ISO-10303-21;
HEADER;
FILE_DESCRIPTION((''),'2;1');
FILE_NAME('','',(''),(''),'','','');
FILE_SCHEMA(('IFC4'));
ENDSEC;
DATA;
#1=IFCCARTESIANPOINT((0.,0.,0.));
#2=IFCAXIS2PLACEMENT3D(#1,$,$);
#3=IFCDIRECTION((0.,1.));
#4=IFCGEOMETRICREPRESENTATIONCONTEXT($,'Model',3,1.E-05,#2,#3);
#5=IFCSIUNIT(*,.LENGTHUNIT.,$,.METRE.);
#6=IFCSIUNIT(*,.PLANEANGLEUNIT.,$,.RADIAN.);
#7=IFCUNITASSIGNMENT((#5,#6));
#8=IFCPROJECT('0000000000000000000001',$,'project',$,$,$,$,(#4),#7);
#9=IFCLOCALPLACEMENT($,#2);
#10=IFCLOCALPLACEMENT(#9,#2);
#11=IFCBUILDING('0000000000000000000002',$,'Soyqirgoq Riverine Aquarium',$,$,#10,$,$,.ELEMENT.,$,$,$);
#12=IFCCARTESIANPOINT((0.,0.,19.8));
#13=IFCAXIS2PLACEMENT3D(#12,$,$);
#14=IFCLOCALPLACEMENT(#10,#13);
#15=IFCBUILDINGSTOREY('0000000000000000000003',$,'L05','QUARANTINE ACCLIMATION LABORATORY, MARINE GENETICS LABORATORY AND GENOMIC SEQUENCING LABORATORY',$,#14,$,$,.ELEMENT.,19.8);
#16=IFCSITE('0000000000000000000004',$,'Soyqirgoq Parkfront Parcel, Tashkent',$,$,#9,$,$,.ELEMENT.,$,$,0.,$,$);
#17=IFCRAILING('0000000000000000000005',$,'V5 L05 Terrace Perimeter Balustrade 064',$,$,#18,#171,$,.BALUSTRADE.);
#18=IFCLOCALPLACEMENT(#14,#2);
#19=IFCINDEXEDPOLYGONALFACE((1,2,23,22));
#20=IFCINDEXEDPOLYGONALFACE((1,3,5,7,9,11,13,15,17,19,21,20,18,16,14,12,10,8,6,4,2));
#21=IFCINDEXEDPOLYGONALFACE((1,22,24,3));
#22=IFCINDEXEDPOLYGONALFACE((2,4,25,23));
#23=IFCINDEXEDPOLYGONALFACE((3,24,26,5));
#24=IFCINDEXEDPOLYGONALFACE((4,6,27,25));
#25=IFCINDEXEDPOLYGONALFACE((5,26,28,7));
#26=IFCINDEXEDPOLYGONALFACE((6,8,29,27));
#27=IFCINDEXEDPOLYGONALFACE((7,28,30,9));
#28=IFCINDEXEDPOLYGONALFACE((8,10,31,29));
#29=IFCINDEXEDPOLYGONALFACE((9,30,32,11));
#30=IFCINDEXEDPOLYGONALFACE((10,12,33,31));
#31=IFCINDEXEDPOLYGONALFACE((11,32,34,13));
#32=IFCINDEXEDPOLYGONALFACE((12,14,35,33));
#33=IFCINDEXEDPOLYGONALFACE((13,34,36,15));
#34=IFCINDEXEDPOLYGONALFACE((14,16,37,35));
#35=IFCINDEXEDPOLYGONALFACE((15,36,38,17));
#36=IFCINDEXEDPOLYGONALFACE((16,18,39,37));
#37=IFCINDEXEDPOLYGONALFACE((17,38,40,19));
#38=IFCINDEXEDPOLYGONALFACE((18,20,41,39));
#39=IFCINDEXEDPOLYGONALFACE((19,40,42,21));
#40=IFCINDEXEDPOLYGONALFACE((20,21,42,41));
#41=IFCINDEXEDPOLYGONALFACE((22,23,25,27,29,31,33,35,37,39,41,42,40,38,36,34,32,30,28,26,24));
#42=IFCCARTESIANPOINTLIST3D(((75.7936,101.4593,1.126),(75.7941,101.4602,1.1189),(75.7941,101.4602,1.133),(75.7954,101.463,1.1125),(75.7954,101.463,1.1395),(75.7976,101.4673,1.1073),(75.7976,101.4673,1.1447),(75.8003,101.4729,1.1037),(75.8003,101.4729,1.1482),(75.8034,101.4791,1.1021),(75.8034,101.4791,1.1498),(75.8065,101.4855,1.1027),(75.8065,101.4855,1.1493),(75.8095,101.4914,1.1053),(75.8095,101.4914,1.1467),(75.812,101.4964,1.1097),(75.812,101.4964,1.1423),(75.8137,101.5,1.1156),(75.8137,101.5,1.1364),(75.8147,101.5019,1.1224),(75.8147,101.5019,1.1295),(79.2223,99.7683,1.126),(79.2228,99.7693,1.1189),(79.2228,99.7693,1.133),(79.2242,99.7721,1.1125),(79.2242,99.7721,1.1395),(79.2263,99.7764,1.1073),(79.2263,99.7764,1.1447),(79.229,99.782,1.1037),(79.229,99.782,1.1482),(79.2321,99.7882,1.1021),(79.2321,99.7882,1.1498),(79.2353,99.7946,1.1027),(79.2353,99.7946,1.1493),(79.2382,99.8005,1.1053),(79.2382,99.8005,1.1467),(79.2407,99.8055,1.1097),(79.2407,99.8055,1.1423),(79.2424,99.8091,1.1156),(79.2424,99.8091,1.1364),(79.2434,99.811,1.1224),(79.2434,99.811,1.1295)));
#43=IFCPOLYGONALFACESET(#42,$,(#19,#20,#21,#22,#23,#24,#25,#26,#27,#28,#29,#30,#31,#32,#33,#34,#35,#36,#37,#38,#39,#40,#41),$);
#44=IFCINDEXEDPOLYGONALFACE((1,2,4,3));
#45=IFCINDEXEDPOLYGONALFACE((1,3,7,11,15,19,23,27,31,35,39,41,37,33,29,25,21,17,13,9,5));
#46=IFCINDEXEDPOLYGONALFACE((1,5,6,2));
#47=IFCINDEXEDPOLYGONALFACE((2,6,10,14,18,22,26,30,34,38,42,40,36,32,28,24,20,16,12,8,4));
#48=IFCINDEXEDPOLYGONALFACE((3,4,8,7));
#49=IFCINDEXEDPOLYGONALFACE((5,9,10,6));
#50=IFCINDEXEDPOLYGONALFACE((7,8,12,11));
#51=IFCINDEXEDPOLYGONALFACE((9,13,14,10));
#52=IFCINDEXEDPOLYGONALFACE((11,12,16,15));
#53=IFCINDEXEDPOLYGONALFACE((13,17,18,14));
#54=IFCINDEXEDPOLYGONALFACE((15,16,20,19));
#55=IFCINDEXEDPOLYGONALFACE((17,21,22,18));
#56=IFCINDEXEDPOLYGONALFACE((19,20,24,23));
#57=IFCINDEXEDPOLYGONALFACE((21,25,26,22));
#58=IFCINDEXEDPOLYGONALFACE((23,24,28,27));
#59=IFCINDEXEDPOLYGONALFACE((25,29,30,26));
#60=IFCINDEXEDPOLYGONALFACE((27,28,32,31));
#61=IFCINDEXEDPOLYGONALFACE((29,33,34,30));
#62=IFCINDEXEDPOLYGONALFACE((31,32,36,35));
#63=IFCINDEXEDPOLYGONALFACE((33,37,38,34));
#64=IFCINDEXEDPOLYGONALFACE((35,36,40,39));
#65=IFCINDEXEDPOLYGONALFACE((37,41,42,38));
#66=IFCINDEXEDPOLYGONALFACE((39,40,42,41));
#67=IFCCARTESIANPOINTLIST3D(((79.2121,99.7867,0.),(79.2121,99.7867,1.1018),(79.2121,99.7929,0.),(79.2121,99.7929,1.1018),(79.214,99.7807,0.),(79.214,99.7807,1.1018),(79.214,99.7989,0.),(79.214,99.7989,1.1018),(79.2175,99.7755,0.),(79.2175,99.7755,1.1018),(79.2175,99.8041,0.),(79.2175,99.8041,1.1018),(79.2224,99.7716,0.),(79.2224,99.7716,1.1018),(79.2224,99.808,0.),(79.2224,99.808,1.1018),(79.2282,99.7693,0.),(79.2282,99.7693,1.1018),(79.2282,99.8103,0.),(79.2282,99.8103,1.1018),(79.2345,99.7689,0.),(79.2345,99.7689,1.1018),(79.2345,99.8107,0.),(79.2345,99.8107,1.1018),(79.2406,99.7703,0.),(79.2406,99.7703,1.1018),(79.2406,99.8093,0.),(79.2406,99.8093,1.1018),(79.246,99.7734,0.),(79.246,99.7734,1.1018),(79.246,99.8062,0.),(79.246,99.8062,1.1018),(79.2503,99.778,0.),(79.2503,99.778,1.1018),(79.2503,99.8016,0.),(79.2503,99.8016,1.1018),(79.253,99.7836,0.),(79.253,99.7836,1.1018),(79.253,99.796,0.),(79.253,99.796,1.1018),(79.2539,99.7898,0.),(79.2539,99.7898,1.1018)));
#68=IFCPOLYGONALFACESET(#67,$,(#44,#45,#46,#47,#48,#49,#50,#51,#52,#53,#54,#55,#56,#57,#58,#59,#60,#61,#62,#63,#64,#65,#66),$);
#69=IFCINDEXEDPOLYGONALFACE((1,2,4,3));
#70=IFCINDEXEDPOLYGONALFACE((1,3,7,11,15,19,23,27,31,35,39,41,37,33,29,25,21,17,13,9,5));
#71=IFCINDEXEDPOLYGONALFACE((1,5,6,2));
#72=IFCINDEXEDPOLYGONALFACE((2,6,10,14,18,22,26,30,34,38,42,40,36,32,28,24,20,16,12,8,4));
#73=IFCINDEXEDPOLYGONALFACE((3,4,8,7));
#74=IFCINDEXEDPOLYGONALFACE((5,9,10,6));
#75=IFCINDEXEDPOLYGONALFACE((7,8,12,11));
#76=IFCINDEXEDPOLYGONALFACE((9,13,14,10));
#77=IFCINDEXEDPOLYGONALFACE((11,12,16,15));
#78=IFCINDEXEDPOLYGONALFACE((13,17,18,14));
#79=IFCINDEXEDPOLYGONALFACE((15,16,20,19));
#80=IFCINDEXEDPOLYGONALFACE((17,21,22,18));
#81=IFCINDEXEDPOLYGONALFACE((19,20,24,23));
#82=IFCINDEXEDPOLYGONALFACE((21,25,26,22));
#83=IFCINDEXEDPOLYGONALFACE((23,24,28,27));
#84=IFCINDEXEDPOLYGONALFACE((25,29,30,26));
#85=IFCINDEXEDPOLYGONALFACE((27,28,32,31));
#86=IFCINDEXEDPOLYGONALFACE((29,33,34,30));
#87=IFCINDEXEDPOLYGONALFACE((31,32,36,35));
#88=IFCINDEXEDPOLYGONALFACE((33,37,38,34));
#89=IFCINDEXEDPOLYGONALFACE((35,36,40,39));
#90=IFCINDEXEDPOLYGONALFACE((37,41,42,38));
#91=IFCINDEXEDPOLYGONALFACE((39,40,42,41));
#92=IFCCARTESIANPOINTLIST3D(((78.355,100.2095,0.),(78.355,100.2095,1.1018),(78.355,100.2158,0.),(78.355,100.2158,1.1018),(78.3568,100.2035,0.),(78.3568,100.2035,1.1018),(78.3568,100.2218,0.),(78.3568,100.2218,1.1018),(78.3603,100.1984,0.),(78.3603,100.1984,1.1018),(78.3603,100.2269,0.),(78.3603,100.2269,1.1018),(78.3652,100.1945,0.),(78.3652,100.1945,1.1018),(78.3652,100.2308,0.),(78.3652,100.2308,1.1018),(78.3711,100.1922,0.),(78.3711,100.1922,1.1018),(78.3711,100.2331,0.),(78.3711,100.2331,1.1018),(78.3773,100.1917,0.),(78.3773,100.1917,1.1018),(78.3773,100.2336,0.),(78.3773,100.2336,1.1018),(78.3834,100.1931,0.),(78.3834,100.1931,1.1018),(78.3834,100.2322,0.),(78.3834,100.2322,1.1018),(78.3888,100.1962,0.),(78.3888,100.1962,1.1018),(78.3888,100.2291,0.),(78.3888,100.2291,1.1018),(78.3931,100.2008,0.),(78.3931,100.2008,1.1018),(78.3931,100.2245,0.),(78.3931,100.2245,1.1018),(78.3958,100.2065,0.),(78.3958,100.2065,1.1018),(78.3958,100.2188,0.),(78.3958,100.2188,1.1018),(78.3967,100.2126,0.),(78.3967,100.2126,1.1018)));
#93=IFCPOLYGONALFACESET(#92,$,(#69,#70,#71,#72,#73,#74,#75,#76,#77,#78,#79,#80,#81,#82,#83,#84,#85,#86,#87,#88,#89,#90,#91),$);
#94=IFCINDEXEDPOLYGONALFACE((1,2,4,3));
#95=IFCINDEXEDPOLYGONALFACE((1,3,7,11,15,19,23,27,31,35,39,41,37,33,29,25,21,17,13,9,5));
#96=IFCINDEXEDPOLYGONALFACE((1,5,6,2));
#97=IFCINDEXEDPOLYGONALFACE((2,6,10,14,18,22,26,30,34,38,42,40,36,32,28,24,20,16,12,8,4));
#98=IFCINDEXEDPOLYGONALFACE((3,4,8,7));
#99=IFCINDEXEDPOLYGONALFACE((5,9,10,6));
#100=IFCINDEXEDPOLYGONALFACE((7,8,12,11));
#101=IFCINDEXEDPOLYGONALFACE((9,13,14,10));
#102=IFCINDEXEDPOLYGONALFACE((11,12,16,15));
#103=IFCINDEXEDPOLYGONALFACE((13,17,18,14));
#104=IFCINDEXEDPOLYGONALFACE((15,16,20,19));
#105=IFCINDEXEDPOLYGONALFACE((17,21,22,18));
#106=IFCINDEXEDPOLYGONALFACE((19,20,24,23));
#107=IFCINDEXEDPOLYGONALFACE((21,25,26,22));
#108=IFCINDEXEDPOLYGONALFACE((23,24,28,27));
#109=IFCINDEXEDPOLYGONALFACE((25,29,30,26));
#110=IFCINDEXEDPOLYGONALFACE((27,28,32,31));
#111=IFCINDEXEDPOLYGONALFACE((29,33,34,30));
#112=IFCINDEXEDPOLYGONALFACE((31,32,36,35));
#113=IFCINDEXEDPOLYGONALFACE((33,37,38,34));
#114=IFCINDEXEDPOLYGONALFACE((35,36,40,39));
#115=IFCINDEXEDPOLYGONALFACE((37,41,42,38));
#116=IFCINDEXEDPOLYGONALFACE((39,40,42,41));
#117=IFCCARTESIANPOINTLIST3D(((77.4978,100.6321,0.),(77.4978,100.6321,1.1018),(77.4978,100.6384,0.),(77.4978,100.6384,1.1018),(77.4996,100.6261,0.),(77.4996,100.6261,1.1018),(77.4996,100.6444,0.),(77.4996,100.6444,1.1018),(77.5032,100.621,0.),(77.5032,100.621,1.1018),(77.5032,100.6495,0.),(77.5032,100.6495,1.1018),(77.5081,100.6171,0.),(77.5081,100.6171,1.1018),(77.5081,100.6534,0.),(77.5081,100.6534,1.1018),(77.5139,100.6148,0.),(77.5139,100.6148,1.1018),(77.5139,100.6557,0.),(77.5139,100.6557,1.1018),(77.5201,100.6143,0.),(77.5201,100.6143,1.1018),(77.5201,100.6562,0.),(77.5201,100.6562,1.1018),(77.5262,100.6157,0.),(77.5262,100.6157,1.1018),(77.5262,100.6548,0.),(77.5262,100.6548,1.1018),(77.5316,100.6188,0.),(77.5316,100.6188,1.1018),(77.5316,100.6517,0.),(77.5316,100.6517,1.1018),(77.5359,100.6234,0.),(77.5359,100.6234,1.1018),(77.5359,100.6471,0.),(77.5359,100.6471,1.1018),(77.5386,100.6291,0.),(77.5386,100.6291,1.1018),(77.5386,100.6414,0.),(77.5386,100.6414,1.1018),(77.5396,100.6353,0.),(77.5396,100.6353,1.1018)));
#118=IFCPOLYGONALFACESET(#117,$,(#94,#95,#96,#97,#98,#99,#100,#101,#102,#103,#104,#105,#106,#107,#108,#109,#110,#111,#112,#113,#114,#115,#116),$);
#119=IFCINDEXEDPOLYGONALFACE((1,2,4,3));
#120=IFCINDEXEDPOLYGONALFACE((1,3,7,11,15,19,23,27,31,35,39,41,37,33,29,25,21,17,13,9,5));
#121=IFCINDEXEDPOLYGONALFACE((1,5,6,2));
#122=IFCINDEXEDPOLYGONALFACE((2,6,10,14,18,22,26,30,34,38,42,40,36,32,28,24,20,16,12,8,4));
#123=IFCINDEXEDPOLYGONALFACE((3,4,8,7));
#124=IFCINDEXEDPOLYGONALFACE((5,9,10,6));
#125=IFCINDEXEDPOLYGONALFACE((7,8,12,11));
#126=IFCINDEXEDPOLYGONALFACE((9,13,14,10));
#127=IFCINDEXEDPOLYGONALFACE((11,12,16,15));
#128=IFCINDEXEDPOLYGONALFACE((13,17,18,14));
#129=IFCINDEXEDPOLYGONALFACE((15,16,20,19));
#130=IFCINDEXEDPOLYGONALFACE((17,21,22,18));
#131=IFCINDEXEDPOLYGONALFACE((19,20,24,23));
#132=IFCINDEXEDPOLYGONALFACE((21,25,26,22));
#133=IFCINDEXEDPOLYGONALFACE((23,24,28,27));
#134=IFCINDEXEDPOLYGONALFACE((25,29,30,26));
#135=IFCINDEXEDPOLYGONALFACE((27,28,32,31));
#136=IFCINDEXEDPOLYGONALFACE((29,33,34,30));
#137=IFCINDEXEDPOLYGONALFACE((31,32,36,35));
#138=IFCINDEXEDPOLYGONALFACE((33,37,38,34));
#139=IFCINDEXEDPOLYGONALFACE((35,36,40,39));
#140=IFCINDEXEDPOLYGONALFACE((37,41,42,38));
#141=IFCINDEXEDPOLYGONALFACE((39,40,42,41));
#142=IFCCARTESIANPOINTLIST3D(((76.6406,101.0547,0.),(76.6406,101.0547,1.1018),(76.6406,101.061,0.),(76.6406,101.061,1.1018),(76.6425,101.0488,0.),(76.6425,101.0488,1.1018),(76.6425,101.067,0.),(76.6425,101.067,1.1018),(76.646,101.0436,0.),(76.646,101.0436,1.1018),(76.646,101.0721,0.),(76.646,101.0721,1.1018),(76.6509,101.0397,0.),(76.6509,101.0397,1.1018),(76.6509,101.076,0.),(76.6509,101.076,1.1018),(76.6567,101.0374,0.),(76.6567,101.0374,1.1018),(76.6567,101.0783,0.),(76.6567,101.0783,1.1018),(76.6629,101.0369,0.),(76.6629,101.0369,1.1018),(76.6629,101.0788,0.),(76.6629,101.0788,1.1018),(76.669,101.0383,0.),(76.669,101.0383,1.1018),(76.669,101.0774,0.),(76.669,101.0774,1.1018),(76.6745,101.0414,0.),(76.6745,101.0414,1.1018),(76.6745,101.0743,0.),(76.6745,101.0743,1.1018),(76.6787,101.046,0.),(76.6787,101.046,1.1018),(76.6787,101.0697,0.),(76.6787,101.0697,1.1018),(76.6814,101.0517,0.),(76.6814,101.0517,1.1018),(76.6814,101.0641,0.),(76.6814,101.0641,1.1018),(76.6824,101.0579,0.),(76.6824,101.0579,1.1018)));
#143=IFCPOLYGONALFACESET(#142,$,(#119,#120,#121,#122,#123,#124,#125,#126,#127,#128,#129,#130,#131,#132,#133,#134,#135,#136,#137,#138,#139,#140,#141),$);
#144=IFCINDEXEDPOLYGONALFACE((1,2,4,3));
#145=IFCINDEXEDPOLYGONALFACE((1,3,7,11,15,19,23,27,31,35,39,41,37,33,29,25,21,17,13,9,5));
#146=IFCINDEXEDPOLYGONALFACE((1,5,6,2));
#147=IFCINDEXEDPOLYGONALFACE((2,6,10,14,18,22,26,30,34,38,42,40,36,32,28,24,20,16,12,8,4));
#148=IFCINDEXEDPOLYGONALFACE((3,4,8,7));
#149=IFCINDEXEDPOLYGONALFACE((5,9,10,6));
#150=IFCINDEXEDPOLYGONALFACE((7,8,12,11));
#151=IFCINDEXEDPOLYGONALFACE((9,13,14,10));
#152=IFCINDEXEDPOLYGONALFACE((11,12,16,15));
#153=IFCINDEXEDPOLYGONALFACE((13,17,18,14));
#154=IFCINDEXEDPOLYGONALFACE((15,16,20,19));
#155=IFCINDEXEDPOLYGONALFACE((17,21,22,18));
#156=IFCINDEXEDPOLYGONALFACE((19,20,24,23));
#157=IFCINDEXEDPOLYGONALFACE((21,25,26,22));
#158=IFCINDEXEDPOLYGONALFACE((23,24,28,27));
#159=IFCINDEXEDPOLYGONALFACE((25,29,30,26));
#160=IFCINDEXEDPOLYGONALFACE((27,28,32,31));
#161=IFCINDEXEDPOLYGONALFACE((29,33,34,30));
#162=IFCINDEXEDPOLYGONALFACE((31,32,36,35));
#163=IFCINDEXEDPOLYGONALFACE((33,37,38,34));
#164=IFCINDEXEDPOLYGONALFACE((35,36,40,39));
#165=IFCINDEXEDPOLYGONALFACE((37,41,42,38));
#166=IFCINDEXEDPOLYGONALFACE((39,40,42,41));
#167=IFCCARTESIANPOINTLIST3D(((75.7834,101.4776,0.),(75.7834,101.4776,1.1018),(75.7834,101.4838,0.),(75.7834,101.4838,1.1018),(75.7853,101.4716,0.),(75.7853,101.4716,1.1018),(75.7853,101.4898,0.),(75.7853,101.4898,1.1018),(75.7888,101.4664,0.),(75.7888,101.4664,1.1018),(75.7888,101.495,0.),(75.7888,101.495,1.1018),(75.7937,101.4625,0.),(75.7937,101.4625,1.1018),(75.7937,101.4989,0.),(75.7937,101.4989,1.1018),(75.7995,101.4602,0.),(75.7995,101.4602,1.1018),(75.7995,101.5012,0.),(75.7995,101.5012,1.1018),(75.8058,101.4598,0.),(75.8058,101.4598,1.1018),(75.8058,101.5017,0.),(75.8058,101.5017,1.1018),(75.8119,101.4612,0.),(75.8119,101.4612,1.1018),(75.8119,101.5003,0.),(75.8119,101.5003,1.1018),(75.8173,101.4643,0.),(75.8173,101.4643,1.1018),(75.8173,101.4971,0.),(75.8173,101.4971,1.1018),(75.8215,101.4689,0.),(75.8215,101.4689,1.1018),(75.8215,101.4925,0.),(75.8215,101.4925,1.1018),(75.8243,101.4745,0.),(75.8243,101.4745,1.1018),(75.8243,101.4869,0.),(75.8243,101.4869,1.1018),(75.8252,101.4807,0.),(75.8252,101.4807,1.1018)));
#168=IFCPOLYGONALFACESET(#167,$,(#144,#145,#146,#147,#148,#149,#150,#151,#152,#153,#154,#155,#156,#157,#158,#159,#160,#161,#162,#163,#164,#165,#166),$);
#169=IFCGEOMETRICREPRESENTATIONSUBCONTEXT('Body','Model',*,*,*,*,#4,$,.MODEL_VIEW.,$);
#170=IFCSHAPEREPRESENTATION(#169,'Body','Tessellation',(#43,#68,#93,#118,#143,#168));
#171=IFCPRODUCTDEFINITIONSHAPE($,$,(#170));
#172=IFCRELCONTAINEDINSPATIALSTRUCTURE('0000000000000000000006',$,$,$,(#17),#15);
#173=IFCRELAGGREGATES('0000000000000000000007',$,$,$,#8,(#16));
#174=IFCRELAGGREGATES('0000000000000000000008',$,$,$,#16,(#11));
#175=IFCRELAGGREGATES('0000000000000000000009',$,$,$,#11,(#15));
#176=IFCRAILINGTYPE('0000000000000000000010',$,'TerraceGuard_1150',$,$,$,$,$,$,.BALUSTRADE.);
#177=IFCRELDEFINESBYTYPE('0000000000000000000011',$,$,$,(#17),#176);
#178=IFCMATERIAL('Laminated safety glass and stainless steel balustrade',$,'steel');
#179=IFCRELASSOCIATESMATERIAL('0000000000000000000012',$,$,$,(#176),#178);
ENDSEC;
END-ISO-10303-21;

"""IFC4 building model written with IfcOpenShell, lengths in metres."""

from ifc_helpers import new_model, si_unit, direction, frame, origin, origin_2d, place, context, subcontext, project, spatial, circle, extrude, material, type_object, element, save


model = new_model("IFC4")

# Units and contexts
model_context = context("Model", 3, precision=1e-05, world=origin(), true_north=direction((0.0, 1.0)))
body_context = subcontext(model_context, "Body", "Model", "MODEL_VIEW")
ifc_project = project(units=[si_unit("LENGTHUNIT", "METRE"), si_unit("PLANEANGLEUNIT", "RADIAN")], contexts=[model_context])

# Site, building, storey
site_placement = place(None, origin())
site = spatial("IfcSite", under=ifc_project, at=site_placement, Name="Soyqirgoq Parkfront Parcel, Tashkent", CompositionType="ELEMENT", RefElevation=0.0)
building_placement = place(site_placement, origin())
building = spatial("IfcBuilding", under=site, at=building_placement, Name="Soyqirgoq Riverine Aquarium", CompositionType="ELEMENT")
storey_placement = place(building_placement, frame((0.0, 0.0, 19.8)))
storey = spatial("IfcBuildingStorey", under=building, at=storey_placement, Name="L05", Description="QUARANTINE ACCLIMATION LABORATORY, MARINE GENETICS LABORATORY AND GENOMIC SEQUENCING LABORATORY", CompositionType="ELEMENT", Elevation=19.8)

# Railing
ifc_material_1 = material(Name="Laminated safety glass and stainless steel balustrade", Category="steel")
railing_type = type_object("IfcRailingType", Name="TerraceGuard_1150", PredefinedType="BALUSTRADE", material=ifc_material_1)
railing_1_placement = place(storey_placement, frame((79.2329, 99.7898, 0.0)))
element("IfcRailing", 1, at=railing_1_placement, inside=storey, type_object=railing_type, Name="V5 L05 Terrace Perimeter Balustrade 064", PredefinedType="BALUSTRADE", context=body_context, shape_type="SweptSolid", body=[
    extrude(circle(Radius=0.0239, at=origin_2d()), frame((0.0, 0.0, 1.126), z_axis=(-0.896866, 0.442302, 0.0), x_axis=(-0.442302, -0.896866, 0.0)), (0.0, 0.0, 1.0), 3.823),
    extrude(circle(Radius=0.021, at=origin_2d()), origin(), (0.0, 0.0, 1.0), 1.1018),
    extrude(circle(Radius=0.021, at=origin_2d()), frame((-0.8572, 0.4229, 0.0)), (0.0, 0.0, 1.0), 1.1018),
    extrude(circle(Radius=0.021, at=origin_2d()), frame((-1.7144, 0.8455, 0.0)), (0.0, 0.0, 1.0), 1.1018),
    extrude(circle(Radius=0.021, at=origin_2d()), frame((-2.5715, 1.2681, 0.0)), (0.0, 0.0, 1.0), 1.1018),
    extrude(circle(Radius=0.021, at=origin_2d()), frame((-3.4287, 1.6909, 0.0)), (0.0, 0.0, 1.0), 1.1018),
])

save(model, "model.ifc")
